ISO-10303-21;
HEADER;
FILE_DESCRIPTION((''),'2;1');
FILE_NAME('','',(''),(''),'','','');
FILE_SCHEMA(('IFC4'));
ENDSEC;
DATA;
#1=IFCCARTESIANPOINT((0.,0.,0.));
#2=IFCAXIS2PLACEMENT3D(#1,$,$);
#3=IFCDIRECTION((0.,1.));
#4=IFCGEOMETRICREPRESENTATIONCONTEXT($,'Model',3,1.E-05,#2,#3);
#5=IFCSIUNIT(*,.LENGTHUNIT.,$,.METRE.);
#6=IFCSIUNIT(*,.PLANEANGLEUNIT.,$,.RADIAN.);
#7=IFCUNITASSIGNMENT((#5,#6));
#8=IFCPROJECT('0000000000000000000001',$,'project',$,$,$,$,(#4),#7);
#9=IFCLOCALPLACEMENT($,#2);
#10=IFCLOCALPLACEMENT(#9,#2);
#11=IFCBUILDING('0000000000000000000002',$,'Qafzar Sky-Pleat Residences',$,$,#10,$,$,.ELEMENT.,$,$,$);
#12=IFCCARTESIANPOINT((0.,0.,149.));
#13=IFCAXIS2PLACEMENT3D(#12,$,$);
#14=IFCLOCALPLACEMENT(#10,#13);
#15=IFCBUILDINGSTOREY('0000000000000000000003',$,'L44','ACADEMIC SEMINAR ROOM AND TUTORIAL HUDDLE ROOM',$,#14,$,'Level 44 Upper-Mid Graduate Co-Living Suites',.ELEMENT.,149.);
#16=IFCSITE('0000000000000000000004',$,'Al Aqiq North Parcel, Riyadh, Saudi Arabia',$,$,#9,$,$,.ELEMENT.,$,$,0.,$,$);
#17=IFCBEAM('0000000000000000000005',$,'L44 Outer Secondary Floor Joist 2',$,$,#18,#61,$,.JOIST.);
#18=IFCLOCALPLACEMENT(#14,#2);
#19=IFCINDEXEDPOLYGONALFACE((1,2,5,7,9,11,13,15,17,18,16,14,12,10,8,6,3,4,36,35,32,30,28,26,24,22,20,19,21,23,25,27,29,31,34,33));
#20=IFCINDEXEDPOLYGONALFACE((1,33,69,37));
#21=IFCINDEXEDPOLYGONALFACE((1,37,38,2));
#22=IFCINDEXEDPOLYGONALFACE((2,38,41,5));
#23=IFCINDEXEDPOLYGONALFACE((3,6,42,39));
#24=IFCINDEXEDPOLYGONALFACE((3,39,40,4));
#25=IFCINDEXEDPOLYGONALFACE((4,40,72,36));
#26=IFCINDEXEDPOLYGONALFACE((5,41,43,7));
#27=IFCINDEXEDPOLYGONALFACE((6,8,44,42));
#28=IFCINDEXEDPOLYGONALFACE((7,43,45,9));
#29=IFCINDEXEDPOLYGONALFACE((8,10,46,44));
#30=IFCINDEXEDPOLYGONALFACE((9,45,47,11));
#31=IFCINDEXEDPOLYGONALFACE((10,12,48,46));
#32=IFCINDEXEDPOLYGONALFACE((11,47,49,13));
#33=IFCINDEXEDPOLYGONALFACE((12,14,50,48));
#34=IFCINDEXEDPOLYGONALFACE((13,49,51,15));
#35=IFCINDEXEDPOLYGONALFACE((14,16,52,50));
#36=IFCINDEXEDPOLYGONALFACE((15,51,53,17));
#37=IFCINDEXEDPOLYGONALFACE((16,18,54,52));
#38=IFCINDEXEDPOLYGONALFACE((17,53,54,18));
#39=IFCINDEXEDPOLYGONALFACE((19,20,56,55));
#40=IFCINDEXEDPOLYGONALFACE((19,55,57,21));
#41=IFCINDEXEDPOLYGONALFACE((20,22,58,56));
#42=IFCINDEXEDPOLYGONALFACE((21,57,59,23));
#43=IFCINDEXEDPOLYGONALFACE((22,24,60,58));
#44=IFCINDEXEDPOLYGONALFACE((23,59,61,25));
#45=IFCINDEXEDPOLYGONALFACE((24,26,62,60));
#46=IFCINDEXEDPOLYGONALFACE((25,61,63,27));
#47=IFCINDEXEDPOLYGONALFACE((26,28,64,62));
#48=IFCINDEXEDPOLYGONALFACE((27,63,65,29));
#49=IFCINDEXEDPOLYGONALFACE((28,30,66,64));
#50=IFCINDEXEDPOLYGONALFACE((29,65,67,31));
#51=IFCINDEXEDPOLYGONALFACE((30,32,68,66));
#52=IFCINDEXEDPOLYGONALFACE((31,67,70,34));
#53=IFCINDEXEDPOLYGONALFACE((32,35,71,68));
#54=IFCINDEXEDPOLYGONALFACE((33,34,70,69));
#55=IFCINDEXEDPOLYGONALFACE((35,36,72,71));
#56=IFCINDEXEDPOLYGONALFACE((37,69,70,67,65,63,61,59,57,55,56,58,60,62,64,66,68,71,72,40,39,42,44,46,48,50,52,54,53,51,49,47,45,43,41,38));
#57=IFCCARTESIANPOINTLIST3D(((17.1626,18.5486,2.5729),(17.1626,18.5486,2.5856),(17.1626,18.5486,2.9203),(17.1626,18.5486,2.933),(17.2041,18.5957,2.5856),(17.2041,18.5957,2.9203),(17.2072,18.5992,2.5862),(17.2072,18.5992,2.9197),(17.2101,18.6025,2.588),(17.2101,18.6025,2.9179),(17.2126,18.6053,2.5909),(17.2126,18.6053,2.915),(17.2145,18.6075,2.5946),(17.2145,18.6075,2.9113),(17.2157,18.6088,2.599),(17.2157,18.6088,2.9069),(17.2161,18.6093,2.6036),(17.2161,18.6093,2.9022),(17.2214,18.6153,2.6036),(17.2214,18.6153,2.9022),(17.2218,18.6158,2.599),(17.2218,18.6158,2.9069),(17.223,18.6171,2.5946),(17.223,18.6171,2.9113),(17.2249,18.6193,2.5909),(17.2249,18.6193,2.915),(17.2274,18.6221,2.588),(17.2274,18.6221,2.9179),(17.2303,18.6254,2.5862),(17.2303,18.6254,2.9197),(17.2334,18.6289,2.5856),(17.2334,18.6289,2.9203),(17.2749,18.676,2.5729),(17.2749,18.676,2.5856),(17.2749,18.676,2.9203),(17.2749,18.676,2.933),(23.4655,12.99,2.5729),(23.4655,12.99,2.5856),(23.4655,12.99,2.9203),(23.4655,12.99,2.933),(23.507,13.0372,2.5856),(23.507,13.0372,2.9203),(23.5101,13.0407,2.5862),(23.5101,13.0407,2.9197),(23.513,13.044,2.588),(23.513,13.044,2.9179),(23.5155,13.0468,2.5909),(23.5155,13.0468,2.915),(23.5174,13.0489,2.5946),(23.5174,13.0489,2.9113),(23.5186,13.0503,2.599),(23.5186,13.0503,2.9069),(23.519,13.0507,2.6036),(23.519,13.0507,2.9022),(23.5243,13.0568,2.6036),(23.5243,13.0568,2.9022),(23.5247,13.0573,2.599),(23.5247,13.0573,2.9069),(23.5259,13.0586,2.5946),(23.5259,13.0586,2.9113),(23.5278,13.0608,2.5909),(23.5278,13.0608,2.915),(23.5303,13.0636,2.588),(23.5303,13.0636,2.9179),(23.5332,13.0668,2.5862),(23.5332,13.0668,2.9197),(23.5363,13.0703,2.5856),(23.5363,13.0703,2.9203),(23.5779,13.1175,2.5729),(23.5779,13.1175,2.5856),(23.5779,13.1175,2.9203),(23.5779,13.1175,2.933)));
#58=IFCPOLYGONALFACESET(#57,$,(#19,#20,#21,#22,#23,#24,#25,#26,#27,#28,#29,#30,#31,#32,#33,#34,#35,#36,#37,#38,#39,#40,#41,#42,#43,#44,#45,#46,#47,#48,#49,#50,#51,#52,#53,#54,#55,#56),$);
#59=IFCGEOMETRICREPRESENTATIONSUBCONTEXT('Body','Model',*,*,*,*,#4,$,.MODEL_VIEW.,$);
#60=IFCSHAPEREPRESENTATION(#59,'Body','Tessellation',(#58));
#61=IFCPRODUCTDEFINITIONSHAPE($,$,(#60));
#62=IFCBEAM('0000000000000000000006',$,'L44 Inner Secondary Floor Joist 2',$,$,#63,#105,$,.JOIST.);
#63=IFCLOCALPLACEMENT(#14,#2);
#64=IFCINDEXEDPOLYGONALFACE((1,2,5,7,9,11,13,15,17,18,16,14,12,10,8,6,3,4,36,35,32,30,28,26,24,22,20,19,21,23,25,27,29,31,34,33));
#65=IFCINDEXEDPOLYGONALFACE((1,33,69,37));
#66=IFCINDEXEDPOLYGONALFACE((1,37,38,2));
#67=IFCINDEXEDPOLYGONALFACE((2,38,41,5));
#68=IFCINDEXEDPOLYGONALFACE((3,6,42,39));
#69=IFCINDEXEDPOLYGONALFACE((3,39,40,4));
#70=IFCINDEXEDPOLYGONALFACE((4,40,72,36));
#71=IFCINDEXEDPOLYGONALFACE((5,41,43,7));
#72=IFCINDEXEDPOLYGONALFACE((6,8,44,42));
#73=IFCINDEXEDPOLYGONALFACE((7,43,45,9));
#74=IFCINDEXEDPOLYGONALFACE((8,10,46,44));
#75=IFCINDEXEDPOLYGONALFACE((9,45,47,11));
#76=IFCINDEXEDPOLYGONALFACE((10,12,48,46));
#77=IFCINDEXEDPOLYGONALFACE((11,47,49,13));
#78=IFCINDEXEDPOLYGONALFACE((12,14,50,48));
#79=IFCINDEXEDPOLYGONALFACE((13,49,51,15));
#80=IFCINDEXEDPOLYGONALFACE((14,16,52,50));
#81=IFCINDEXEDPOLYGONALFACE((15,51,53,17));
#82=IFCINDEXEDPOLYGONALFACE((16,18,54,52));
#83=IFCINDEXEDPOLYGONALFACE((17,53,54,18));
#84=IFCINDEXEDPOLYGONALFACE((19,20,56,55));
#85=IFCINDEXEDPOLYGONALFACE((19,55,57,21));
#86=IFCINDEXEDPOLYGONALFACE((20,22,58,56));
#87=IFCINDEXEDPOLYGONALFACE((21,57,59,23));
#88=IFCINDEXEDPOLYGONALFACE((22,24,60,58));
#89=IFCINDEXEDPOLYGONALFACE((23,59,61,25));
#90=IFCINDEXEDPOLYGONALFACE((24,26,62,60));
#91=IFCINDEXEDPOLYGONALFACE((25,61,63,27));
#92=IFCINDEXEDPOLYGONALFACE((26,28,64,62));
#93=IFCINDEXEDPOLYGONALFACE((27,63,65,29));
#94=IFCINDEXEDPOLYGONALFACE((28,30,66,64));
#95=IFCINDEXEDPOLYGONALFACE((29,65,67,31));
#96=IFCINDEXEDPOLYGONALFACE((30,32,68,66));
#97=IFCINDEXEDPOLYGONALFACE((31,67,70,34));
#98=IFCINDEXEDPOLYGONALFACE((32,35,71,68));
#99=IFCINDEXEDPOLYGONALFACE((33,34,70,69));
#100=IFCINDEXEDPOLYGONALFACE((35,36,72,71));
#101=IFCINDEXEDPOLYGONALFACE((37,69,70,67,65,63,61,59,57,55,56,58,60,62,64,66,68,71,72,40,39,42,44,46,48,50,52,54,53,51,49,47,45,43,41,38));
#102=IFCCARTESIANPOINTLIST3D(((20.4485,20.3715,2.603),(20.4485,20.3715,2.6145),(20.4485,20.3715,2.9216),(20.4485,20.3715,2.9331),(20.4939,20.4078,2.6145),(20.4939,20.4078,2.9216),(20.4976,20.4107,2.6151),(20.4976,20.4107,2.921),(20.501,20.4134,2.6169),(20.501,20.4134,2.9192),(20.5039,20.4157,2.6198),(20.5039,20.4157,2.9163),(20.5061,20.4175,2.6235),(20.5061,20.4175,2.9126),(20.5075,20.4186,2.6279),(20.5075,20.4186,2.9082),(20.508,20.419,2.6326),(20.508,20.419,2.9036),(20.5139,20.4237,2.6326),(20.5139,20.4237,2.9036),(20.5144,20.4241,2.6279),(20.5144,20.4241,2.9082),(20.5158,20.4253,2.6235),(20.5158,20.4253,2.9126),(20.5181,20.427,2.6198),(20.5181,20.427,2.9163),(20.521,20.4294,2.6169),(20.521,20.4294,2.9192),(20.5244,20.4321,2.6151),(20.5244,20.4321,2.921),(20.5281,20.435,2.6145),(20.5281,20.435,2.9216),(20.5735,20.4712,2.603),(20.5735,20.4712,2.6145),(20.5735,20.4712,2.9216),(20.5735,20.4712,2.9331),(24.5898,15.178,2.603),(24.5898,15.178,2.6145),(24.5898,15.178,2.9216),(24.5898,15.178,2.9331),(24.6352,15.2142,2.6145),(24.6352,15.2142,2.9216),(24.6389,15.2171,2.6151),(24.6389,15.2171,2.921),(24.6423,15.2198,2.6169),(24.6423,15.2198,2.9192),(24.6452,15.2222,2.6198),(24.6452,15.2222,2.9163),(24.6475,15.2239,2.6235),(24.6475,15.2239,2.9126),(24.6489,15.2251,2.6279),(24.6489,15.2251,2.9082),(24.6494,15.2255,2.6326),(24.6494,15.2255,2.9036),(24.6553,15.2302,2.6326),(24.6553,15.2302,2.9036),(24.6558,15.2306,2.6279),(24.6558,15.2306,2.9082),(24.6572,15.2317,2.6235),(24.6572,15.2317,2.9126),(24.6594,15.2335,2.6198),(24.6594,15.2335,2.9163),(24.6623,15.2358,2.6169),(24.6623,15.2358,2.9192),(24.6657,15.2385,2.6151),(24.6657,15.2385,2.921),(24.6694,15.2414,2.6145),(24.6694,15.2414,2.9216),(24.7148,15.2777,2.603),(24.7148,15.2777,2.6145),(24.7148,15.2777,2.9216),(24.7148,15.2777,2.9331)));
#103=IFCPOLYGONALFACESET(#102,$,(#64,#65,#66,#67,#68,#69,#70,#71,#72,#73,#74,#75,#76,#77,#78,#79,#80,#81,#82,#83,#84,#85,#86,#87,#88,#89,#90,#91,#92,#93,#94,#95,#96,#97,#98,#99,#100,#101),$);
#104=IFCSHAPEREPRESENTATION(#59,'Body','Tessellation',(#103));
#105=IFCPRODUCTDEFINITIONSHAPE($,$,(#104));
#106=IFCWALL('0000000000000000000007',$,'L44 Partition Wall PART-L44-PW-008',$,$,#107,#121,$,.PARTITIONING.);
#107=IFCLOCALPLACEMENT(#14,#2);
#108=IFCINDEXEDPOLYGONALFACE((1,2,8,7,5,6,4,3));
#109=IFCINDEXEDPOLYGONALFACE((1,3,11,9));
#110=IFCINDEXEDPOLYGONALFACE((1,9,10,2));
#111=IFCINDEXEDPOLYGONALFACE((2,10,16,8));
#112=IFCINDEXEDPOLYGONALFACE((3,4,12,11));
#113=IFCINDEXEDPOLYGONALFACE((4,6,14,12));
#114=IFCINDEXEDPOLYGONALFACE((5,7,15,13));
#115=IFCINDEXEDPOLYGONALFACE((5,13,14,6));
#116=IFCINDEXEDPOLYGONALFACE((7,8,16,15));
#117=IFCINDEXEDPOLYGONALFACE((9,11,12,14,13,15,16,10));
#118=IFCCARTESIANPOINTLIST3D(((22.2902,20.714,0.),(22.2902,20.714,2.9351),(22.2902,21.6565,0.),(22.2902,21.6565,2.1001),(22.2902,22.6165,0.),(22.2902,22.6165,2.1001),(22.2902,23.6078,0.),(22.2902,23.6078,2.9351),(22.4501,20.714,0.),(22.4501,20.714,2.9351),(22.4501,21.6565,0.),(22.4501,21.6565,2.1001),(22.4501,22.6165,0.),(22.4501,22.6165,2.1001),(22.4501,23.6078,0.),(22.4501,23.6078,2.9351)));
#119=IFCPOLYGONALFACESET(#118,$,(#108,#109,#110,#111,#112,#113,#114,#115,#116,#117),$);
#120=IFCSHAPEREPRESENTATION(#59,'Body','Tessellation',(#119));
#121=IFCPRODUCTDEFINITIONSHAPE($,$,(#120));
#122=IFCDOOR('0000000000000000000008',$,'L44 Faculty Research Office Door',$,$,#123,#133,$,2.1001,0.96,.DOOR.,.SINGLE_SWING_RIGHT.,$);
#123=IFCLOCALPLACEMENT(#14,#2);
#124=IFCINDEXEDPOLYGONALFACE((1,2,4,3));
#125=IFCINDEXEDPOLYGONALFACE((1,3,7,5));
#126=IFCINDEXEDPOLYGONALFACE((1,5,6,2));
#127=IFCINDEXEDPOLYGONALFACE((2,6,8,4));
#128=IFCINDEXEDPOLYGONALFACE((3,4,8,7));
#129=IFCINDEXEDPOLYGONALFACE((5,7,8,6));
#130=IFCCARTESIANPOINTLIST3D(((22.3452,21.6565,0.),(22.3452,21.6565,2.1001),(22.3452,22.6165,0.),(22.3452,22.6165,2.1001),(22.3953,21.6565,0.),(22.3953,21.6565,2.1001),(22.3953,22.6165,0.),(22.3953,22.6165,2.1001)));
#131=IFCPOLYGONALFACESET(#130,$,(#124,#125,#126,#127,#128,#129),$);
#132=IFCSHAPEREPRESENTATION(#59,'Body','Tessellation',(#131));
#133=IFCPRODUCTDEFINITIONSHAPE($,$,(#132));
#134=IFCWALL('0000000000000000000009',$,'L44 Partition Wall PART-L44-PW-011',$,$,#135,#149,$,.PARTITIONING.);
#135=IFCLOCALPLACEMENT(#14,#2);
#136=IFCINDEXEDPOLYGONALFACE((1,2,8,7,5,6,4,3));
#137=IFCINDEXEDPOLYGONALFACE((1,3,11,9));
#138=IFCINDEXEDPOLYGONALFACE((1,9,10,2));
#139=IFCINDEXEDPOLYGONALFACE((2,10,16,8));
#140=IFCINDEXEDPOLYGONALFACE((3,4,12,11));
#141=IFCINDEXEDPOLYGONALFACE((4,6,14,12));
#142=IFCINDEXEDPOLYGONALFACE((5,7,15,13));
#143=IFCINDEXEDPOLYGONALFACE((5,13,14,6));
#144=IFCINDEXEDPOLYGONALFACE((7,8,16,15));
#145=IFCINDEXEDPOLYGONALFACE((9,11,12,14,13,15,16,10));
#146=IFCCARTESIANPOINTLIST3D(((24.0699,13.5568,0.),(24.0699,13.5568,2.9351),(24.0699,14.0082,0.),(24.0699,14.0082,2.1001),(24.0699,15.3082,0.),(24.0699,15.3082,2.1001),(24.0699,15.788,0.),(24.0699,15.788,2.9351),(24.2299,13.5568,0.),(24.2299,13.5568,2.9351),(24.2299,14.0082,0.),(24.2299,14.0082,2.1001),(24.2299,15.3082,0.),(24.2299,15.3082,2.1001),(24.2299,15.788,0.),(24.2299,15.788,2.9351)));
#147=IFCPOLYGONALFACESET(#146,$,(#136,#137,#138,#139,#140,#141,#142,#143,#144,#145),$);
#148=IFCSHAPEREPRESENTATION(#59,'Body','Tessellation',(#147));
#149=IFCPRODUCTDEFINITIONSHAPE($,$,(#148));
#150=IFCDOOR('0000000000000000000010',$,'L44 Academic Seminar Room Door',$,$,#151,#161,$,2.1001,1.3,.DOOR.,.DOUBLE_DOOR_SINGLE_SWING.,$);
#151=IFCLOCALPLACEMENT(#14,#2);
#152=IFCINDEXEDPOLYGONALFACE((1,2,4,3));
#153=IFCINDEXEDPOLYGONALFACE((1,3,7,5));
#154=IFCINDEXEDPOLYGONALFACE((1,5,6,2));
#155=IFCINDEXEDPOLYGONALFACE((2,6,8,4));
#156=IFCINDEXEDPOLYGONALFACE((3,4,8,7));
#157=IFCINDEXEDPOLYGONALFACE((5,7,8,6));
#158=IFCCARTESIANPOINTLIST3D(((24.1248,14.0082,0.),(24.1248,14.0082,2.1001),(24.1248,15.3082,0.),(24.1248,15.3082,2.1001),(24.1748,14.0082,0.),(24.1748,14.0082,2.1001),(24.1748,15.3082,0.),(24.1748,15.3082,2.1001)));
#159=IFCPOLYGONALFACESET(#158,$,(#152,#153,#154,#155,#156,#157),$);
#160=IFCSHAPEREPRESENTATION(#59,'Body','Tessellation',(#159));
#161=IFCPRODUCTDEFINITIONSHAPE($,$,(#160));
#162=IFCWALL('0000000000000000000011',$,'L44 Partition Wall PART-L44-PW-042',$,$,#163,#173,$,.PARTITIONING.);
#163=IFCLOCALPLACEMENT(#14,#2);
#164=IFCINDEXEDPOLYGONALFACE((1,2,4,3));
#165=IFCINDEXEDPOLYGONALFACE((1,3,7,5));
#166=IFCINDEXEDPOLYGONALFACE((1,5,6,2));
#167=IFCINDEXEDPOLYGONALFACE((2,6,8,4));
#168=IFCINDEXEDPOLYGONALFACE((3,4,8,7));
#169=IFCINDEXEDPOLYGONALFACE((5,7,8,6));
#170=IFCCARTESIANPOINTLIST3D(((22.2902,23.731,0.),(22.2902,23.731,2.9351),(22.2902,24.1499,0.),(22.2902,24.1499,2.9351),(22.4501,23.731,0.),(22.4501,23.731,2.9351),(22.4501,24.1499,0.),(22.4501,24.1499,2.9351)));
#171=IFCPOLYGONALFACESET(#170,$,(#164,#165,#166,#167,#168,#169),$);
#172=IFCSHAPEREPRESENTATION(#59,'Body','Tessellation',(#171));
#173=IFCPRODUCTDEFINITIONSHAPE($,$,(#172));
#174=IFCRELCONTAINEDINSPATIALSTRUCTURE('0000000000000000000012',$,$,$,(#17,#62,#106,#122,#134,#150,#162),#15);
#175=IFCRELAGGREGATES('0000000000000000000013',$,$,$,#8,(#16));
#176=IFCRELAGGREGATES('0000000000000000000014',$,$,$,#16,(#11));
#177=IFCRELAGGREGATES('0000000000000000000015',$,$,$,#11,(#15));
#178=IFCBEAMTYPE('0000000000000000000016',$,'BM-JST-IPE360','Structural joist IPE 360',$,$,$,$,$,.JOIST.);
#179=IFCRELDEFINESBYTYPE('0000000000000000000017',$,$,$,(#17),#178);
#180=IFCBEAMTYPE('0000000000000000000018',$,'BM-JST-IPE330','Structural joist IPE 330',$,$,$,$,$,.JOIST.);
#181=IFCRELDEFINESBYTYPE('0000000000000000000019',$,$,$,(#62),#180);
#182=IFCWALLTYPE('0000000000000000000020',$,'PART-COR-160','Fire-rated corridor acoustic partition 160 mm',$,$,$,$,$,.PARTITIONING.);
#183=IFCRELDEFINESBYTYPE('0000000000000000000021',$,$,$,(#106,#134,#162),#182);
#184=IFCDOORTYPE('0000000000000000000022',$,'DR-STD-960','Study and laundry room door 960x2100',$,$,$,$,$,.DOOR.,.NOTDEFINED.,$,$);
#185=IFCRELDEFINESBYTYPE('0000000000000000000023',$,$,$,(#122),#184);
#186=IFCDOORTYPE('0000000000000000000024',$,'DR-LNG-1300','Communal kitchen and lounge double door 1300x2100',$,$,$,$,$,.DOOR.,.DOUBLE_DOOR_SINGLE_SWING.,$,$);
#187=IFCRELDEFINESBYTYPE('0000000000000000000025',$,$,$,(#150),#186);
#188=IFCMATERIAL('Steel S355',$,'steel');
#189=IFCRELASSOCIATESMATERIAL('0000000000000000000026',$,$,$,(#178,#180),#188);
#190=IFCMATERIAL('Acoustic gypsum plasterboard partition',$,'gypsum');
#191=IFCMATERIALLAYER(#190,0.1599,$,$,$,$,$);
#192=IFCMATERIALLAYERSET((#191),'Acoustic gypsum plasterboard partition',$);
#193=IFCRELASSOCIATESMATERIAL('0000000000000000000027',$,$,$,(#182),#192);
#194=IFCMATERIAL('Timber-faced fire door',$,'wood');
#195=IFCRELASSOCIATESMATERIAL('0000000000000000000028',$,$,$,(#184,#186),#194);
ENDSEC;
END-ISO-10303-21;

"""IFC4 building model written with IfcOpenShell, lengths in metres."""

from ifc_helpers import new_model, si_unit, direction, frame, frame_2d, origin, origin_2d, place, context, subcontext, project, spatial, rectangle, i_section, extrude, source, transform, mapped, material, layer, layer_set, material_profile, profile_set, type_object, element, fill, save


model = new_model("IFC4")

# Units and contexts
model_context = context("Model", 3, precision=1e-05, world=origin(), true_north=direction((0.0, 1.0)))
body_context = subcontext(model_context, "Body", "Model", "MODEL_VIEW")
ifc_project = project(units=[si_unit("LENGTHUNIT", "METRE"), si_unit("PLANEANGLEUNIT", "RADIAN")], contexts=[model_context])

# Site, building, storey
site_placement = place(None, origin())
site = spatial("IfcSite", under=ifc_project, at=site_placement, Name="Al Aqiq North Parcel, Riyadh, Saudi Arabia", CompositionType="ELEMENT", RefElevation=0.0)
building_placement = place(site_placement, origin())
building = spatial("IfcBuilding", under=site, at=building_placement, Name="Qafzar Sky-Pleat Residences", CompositionType="ELEMENT")
storey_placement = place(building_placement, frame((0.0, 0.0, 149.0)))
storey = spatial("IfcBuildingStorey", under=building, at=storey_placement, Name="L44", Description="ACADEMIC SEMINAR ROOM AND TUTORIAL HUDDLE ROOM", LongName="Level 44 Upper-Mid Graduate Co-Living Suites", CompositionType="ELEMENT", Elevation=149.0)

# Beams
ifc_material_1 = material(Name="Steel S355", Category="steel")
ifc_material_profile_1 = material_profile(ifc_material_1, i_section(OverallWidth=0.1699, OverallDepth=0.3601, WebThickness=0.0081, FlangeThickness=0.0127, FilletRadius=0.0181, at=origin_2d()), Name="IPE 360")
ifc_profile_set_1 = profile_set([ifc_material_profile_1], Name="Steel S355")
beam_type_1 = type_object("IfcBeamType", Name="BM-JST-IPE360", Description="Structural joist IPE 360", PredefinedType="JOIST", material=ifc_profile_set_1)
shared_shape_1 = source(origin(), body_context, "Body", "SweptSolid", [
    extrude(i_section(OverallWidth=0.1699, OverallDepth=0.3601, WebThickness=0.0081, FlangeThickness=0.0127, FilletRadius=0.0181, at=origin_2d()), origin(), (0.0, 0.0, 1.0), 8.4038),
])
beam_1_placement = place(storey_placement, frame((17.2188, 18.6123, 2.7529), z_axis=(0.750007, -0.66143, 0.0), x_axis=(0.66143, 0.750007, 0.0)))
element("IfcBeam", 1, at=beam_1_placement, inside=storey, type_object=beam_type_1, Name="L44 Outer Secondary Floor Joist 2", PredefinedType="JOIST", context=body_context, shape_type="MappedRepresentation", body=[
    mapped(shared_shape_1, transform((0.0, 0.0, 0.0), x_axis=(1.0, 0.0, 0.0), y_axis=(0.0, 1.0, 0.0), z_axis=(0.0, 0.0, 1.0), scale=1.0)),
])
ifc_material_profile_2 = material_profile(ifc_material_1, i_section(OverallWidth=0.1599, OverallDepth=0.3301, WebThickness=0.0076, FlangeThickness=0.0115, FilletRadius=0.0181, at=origin_2d()), Name="IPE 330")
ifc_profile_set_2 = profile_set([ifc_material_profile_2], Name="Steel S355")
beam_type_2 = type_object("IfcBeamType", Name="BM-JST-IPE330", Description="Structural joist IPE 330", PredefinedType="JOIST", material=ifc_profile_set_2)
shared_shape_2 = source(origin(), body_context, "Body", "SweptSolid", [
    extrude(i_section(OverallWidth=0.1599, OverallDepth=0.3301, WebThickness=0.0076, FlangeThickness=0.0115, FilletRadius=0.0181, at=origin_2d()), origin(), (0.0, 0.0, 1.0), 6.6426),
])
beam_2_placement = place(storey_placement, frame((20.511, 20.4214, 2.7681), z_axis=(0.623453, -0.781861, 0.0), x_axis=(0.781861, 0.623453, 0.0)))
element("IfcBeam", 2, at=beam_2_placement, inside=storey, type_object=beam_type_2, Name="L44 Inner Secondary Floor Joist 2", PredefinedType="JOIST", context=body_context, shape_type="MappedRepresentation", body=[
    mapped(shared_shape_2, transform((0.0, 0.0, 0.0), x_axis=(1.0, 0.0, 0.0), y_axis=(0.0, 1.0, 0.0), z_axis=(0.0, 0.0, 1.0), scale=1.0)),
])

# Walls, openings, doors
ifc_material_2 = material(Name="Acoustic gypsum plasterboard partition", Category="gypsum")
ifc_layer_1 = layer(ifc_material_2, 0.1599)
ifc_layer_set_1 = layer_set([ifc_layer_1], Name="Acoustic gypsum plasterboard partition")
wall_type_1 = type_object("IfcWallType", Name="PART-COR-160", Description="Fire-rated corridor acoustic partition 160 mm", PredefinedType="PARTITIONING", material=ifc_layer_set_1)
wall_1_placement = place(storey_placement, frame((22.3701, 20.7141, 0.0), z_axis=(0.0, 0.0, 1.0), x_axis=(0.0, 1.0, 0.0)))
wall_1 = element("IfcWall", 3, at=wall_1_placement, inside=storey, type_object=wall_type_1, Name="L44 Partition Wall PART-L44-PW-008", PredefinedType="PARTITIONING", context=body_context, shape_type="SweptSolid", body=[
    extrude(rectangle(XDim=2.8938, YDim=0.1599, at=frame_2d((1.4468, 0.0))), origin(), (0.0, 0.0, 1.0), 2.9351),
])
opening_1_placement = place(wall_1_placement, frame((0.9424, 0.0, 0.0)))
opening_1 = element("IfcOpeningElement", 4, at=opening_1_placement, cuts=wall_1, PredefinedType="OPENING", context=body_context, shape_type="SweptSolid", body=[
    extrude(rectangle(XDim=0.96, YDim=2.1001, at=frame_2d((0.48, 1.05))), frame((0.0, 0.0898, 0.0), z_axis=(0.0, -1.0, 0.0), x_axis=(1.0, 0.0, 0.0)), (0.0, 0.0, 1.0), 0.1799),
])
ifc_material_3 = material(Name="Timber-faced fire door", Category="wood")
door_type_1 = type_object("IfcDoorType", Name="DR-STD-960", Description="Study and laundry room door 960x2100", OperationType="NOTDEFINED", PredefinedType="DOOR", material=ifc_material_3)
shared_shape_3 = source(origin(), body_context, "Body", "SweptSolid", [
    extrude(rectangle(XDim=0.96, YDim=2.1001, at=frame_2d((0.48, 1.05))), frame((0.0, 0.0249, 0.0), z_axis=(0.0, -1.0, 0.0), x_axis=(1.0, 0.0, 0.0)), (0.0, 0.0, 1.0), 0.05),
])
door_1_placement = place(opening_1_placement, origin())
door_1 = element("IfcDoor", 5, at=door_1_placement, inside=storey, type_object=door_type_1, Name="L44 Faculty Research Office Door", OperationType="SINGLE_SWING_RIGHT", OverallHeight=2.1001, OverallWidth=0.96, PredefinedType="DOOR", context=body_context, shape_type="MappedRepresentation", body=[
    mapped(shared_shape_3, transform((0.0, 0.0, 0.0), x_axis=(1.0, 0.0, 0.0), y_axis=(0.0, 1.0, 0.0), z_axis=(0.0, 0.0, 1.0), scale=1.0)),
])
fill(opening_1, door_1)
wall_2_placement = place(storey_placement, frame((24.1499, 15.7881, 0.0), z_axis=(0.0, 0.0, 1.0), x_axis=(0.0, -1.0, 0.0)))
wall_2 = element("IfcWall", 6, at=wall_2_placement, inside=storey, type_object=wall_type_1, Name="L44 Partition Wall PART-L44-PW-011", PredefinedType="PARTITIONING", context=body_context, shape_type="SweptSolid", body=[
    extrude(rectangle(XDim=2.2312, YDim=0.1599, at=frame_2d((1.1157, 0.0))), origin(), (0.0, 0.0, 1.0), 2.9351),
])
opening_2_placement = place(wall_2_placement, frame((0.48, 0.0, 0.0)))
opening_2 = element("IfcOpeningElement", 7, at=opening_2_placement, cuts=wall_2, PredefinedType="OPENING", context=body_context, shape_type="SweptSolid", body=[
    extrude(rectangle(XDim=1.3, YDim=2.1001, at=frame_2d((0.6499, 1.05))), frame((0.0, 0.0898, 0.0), z_axis=(0.0, -1.0, 0.0), x_axis=(1.0, 0.0, 0.0)), (0.0, 0.0, 1.0), 0.1799),
])
door_type_2 = type_object("IfcDoorType", Name="DR-LNG-1300", Description="Communal kitchen and lounge double door 1300x2100", OperationType="DOUBLE_DOOR_SINGLE_SWING", PredefinedType="DOOR", material=ifc_material_3)
shared_shape_4 = source(origin(), body_context, "Body", "SweptSolid", [
    extrude(rectangle(XDim=1.3, YDim=2.1001, at=frame_2d((0.6499, 1.05))), frame((0.0, 0.0249, 0.0), z_axis=(0.0, -1.0, 0.0), x_axis=(1.0, 0.0, 0.0)), (0.0, 0.0, 1.0), 0.05),
])
door_2_placement = place(opening_2_placement, origin())
door_2 = element("IfcDoor", 8, at=door_2_placement, inside=storey, type_object=door_type_2, Name="L44 Academic Seminar Room Door", OperationType="DOUBLE_DOOR_SINGLE_SWING", OverallHeight=2.1001, OverallWidth=1.3, PredefinedType="DOOR", context=body_context, shape_type="MappedRepresentation", body=[
    mapped(shared_shape_4, transform((0.0, 0.0, 0.0), x_axis=(1.0, 0.0, 0.0), y_axis=(0.0, 1.0, 0.0), z_axis=(0.0, 0.0, 1.0), scale=1.0)),
])
fill(opening_2, door_2)

# Wall
wall_3_placement = place(storey_placement, frame((22.3701, 23.731, 0.0), z_axis=(0.0, 0.0, 1.0), x_axis=(0.0, 1.0, 0.0)))
element("IfcWall", 9, at=wall_3_placement, inside=storey, type_object=wall_type_1, Name="L44 Partition Wall PART-L44-PW-042", PredefinedType="PARTITIONING", context=body_context, shape_type="SweptSolid", body=[
    extrude(rectangle(XDim=0.4189, YDim=0.1599, at=frame_2d((0.2095, 0.0))), origin(), (0.0, 0.0, 1.0), 2.9351),
])

save(model, "model.ifc")
